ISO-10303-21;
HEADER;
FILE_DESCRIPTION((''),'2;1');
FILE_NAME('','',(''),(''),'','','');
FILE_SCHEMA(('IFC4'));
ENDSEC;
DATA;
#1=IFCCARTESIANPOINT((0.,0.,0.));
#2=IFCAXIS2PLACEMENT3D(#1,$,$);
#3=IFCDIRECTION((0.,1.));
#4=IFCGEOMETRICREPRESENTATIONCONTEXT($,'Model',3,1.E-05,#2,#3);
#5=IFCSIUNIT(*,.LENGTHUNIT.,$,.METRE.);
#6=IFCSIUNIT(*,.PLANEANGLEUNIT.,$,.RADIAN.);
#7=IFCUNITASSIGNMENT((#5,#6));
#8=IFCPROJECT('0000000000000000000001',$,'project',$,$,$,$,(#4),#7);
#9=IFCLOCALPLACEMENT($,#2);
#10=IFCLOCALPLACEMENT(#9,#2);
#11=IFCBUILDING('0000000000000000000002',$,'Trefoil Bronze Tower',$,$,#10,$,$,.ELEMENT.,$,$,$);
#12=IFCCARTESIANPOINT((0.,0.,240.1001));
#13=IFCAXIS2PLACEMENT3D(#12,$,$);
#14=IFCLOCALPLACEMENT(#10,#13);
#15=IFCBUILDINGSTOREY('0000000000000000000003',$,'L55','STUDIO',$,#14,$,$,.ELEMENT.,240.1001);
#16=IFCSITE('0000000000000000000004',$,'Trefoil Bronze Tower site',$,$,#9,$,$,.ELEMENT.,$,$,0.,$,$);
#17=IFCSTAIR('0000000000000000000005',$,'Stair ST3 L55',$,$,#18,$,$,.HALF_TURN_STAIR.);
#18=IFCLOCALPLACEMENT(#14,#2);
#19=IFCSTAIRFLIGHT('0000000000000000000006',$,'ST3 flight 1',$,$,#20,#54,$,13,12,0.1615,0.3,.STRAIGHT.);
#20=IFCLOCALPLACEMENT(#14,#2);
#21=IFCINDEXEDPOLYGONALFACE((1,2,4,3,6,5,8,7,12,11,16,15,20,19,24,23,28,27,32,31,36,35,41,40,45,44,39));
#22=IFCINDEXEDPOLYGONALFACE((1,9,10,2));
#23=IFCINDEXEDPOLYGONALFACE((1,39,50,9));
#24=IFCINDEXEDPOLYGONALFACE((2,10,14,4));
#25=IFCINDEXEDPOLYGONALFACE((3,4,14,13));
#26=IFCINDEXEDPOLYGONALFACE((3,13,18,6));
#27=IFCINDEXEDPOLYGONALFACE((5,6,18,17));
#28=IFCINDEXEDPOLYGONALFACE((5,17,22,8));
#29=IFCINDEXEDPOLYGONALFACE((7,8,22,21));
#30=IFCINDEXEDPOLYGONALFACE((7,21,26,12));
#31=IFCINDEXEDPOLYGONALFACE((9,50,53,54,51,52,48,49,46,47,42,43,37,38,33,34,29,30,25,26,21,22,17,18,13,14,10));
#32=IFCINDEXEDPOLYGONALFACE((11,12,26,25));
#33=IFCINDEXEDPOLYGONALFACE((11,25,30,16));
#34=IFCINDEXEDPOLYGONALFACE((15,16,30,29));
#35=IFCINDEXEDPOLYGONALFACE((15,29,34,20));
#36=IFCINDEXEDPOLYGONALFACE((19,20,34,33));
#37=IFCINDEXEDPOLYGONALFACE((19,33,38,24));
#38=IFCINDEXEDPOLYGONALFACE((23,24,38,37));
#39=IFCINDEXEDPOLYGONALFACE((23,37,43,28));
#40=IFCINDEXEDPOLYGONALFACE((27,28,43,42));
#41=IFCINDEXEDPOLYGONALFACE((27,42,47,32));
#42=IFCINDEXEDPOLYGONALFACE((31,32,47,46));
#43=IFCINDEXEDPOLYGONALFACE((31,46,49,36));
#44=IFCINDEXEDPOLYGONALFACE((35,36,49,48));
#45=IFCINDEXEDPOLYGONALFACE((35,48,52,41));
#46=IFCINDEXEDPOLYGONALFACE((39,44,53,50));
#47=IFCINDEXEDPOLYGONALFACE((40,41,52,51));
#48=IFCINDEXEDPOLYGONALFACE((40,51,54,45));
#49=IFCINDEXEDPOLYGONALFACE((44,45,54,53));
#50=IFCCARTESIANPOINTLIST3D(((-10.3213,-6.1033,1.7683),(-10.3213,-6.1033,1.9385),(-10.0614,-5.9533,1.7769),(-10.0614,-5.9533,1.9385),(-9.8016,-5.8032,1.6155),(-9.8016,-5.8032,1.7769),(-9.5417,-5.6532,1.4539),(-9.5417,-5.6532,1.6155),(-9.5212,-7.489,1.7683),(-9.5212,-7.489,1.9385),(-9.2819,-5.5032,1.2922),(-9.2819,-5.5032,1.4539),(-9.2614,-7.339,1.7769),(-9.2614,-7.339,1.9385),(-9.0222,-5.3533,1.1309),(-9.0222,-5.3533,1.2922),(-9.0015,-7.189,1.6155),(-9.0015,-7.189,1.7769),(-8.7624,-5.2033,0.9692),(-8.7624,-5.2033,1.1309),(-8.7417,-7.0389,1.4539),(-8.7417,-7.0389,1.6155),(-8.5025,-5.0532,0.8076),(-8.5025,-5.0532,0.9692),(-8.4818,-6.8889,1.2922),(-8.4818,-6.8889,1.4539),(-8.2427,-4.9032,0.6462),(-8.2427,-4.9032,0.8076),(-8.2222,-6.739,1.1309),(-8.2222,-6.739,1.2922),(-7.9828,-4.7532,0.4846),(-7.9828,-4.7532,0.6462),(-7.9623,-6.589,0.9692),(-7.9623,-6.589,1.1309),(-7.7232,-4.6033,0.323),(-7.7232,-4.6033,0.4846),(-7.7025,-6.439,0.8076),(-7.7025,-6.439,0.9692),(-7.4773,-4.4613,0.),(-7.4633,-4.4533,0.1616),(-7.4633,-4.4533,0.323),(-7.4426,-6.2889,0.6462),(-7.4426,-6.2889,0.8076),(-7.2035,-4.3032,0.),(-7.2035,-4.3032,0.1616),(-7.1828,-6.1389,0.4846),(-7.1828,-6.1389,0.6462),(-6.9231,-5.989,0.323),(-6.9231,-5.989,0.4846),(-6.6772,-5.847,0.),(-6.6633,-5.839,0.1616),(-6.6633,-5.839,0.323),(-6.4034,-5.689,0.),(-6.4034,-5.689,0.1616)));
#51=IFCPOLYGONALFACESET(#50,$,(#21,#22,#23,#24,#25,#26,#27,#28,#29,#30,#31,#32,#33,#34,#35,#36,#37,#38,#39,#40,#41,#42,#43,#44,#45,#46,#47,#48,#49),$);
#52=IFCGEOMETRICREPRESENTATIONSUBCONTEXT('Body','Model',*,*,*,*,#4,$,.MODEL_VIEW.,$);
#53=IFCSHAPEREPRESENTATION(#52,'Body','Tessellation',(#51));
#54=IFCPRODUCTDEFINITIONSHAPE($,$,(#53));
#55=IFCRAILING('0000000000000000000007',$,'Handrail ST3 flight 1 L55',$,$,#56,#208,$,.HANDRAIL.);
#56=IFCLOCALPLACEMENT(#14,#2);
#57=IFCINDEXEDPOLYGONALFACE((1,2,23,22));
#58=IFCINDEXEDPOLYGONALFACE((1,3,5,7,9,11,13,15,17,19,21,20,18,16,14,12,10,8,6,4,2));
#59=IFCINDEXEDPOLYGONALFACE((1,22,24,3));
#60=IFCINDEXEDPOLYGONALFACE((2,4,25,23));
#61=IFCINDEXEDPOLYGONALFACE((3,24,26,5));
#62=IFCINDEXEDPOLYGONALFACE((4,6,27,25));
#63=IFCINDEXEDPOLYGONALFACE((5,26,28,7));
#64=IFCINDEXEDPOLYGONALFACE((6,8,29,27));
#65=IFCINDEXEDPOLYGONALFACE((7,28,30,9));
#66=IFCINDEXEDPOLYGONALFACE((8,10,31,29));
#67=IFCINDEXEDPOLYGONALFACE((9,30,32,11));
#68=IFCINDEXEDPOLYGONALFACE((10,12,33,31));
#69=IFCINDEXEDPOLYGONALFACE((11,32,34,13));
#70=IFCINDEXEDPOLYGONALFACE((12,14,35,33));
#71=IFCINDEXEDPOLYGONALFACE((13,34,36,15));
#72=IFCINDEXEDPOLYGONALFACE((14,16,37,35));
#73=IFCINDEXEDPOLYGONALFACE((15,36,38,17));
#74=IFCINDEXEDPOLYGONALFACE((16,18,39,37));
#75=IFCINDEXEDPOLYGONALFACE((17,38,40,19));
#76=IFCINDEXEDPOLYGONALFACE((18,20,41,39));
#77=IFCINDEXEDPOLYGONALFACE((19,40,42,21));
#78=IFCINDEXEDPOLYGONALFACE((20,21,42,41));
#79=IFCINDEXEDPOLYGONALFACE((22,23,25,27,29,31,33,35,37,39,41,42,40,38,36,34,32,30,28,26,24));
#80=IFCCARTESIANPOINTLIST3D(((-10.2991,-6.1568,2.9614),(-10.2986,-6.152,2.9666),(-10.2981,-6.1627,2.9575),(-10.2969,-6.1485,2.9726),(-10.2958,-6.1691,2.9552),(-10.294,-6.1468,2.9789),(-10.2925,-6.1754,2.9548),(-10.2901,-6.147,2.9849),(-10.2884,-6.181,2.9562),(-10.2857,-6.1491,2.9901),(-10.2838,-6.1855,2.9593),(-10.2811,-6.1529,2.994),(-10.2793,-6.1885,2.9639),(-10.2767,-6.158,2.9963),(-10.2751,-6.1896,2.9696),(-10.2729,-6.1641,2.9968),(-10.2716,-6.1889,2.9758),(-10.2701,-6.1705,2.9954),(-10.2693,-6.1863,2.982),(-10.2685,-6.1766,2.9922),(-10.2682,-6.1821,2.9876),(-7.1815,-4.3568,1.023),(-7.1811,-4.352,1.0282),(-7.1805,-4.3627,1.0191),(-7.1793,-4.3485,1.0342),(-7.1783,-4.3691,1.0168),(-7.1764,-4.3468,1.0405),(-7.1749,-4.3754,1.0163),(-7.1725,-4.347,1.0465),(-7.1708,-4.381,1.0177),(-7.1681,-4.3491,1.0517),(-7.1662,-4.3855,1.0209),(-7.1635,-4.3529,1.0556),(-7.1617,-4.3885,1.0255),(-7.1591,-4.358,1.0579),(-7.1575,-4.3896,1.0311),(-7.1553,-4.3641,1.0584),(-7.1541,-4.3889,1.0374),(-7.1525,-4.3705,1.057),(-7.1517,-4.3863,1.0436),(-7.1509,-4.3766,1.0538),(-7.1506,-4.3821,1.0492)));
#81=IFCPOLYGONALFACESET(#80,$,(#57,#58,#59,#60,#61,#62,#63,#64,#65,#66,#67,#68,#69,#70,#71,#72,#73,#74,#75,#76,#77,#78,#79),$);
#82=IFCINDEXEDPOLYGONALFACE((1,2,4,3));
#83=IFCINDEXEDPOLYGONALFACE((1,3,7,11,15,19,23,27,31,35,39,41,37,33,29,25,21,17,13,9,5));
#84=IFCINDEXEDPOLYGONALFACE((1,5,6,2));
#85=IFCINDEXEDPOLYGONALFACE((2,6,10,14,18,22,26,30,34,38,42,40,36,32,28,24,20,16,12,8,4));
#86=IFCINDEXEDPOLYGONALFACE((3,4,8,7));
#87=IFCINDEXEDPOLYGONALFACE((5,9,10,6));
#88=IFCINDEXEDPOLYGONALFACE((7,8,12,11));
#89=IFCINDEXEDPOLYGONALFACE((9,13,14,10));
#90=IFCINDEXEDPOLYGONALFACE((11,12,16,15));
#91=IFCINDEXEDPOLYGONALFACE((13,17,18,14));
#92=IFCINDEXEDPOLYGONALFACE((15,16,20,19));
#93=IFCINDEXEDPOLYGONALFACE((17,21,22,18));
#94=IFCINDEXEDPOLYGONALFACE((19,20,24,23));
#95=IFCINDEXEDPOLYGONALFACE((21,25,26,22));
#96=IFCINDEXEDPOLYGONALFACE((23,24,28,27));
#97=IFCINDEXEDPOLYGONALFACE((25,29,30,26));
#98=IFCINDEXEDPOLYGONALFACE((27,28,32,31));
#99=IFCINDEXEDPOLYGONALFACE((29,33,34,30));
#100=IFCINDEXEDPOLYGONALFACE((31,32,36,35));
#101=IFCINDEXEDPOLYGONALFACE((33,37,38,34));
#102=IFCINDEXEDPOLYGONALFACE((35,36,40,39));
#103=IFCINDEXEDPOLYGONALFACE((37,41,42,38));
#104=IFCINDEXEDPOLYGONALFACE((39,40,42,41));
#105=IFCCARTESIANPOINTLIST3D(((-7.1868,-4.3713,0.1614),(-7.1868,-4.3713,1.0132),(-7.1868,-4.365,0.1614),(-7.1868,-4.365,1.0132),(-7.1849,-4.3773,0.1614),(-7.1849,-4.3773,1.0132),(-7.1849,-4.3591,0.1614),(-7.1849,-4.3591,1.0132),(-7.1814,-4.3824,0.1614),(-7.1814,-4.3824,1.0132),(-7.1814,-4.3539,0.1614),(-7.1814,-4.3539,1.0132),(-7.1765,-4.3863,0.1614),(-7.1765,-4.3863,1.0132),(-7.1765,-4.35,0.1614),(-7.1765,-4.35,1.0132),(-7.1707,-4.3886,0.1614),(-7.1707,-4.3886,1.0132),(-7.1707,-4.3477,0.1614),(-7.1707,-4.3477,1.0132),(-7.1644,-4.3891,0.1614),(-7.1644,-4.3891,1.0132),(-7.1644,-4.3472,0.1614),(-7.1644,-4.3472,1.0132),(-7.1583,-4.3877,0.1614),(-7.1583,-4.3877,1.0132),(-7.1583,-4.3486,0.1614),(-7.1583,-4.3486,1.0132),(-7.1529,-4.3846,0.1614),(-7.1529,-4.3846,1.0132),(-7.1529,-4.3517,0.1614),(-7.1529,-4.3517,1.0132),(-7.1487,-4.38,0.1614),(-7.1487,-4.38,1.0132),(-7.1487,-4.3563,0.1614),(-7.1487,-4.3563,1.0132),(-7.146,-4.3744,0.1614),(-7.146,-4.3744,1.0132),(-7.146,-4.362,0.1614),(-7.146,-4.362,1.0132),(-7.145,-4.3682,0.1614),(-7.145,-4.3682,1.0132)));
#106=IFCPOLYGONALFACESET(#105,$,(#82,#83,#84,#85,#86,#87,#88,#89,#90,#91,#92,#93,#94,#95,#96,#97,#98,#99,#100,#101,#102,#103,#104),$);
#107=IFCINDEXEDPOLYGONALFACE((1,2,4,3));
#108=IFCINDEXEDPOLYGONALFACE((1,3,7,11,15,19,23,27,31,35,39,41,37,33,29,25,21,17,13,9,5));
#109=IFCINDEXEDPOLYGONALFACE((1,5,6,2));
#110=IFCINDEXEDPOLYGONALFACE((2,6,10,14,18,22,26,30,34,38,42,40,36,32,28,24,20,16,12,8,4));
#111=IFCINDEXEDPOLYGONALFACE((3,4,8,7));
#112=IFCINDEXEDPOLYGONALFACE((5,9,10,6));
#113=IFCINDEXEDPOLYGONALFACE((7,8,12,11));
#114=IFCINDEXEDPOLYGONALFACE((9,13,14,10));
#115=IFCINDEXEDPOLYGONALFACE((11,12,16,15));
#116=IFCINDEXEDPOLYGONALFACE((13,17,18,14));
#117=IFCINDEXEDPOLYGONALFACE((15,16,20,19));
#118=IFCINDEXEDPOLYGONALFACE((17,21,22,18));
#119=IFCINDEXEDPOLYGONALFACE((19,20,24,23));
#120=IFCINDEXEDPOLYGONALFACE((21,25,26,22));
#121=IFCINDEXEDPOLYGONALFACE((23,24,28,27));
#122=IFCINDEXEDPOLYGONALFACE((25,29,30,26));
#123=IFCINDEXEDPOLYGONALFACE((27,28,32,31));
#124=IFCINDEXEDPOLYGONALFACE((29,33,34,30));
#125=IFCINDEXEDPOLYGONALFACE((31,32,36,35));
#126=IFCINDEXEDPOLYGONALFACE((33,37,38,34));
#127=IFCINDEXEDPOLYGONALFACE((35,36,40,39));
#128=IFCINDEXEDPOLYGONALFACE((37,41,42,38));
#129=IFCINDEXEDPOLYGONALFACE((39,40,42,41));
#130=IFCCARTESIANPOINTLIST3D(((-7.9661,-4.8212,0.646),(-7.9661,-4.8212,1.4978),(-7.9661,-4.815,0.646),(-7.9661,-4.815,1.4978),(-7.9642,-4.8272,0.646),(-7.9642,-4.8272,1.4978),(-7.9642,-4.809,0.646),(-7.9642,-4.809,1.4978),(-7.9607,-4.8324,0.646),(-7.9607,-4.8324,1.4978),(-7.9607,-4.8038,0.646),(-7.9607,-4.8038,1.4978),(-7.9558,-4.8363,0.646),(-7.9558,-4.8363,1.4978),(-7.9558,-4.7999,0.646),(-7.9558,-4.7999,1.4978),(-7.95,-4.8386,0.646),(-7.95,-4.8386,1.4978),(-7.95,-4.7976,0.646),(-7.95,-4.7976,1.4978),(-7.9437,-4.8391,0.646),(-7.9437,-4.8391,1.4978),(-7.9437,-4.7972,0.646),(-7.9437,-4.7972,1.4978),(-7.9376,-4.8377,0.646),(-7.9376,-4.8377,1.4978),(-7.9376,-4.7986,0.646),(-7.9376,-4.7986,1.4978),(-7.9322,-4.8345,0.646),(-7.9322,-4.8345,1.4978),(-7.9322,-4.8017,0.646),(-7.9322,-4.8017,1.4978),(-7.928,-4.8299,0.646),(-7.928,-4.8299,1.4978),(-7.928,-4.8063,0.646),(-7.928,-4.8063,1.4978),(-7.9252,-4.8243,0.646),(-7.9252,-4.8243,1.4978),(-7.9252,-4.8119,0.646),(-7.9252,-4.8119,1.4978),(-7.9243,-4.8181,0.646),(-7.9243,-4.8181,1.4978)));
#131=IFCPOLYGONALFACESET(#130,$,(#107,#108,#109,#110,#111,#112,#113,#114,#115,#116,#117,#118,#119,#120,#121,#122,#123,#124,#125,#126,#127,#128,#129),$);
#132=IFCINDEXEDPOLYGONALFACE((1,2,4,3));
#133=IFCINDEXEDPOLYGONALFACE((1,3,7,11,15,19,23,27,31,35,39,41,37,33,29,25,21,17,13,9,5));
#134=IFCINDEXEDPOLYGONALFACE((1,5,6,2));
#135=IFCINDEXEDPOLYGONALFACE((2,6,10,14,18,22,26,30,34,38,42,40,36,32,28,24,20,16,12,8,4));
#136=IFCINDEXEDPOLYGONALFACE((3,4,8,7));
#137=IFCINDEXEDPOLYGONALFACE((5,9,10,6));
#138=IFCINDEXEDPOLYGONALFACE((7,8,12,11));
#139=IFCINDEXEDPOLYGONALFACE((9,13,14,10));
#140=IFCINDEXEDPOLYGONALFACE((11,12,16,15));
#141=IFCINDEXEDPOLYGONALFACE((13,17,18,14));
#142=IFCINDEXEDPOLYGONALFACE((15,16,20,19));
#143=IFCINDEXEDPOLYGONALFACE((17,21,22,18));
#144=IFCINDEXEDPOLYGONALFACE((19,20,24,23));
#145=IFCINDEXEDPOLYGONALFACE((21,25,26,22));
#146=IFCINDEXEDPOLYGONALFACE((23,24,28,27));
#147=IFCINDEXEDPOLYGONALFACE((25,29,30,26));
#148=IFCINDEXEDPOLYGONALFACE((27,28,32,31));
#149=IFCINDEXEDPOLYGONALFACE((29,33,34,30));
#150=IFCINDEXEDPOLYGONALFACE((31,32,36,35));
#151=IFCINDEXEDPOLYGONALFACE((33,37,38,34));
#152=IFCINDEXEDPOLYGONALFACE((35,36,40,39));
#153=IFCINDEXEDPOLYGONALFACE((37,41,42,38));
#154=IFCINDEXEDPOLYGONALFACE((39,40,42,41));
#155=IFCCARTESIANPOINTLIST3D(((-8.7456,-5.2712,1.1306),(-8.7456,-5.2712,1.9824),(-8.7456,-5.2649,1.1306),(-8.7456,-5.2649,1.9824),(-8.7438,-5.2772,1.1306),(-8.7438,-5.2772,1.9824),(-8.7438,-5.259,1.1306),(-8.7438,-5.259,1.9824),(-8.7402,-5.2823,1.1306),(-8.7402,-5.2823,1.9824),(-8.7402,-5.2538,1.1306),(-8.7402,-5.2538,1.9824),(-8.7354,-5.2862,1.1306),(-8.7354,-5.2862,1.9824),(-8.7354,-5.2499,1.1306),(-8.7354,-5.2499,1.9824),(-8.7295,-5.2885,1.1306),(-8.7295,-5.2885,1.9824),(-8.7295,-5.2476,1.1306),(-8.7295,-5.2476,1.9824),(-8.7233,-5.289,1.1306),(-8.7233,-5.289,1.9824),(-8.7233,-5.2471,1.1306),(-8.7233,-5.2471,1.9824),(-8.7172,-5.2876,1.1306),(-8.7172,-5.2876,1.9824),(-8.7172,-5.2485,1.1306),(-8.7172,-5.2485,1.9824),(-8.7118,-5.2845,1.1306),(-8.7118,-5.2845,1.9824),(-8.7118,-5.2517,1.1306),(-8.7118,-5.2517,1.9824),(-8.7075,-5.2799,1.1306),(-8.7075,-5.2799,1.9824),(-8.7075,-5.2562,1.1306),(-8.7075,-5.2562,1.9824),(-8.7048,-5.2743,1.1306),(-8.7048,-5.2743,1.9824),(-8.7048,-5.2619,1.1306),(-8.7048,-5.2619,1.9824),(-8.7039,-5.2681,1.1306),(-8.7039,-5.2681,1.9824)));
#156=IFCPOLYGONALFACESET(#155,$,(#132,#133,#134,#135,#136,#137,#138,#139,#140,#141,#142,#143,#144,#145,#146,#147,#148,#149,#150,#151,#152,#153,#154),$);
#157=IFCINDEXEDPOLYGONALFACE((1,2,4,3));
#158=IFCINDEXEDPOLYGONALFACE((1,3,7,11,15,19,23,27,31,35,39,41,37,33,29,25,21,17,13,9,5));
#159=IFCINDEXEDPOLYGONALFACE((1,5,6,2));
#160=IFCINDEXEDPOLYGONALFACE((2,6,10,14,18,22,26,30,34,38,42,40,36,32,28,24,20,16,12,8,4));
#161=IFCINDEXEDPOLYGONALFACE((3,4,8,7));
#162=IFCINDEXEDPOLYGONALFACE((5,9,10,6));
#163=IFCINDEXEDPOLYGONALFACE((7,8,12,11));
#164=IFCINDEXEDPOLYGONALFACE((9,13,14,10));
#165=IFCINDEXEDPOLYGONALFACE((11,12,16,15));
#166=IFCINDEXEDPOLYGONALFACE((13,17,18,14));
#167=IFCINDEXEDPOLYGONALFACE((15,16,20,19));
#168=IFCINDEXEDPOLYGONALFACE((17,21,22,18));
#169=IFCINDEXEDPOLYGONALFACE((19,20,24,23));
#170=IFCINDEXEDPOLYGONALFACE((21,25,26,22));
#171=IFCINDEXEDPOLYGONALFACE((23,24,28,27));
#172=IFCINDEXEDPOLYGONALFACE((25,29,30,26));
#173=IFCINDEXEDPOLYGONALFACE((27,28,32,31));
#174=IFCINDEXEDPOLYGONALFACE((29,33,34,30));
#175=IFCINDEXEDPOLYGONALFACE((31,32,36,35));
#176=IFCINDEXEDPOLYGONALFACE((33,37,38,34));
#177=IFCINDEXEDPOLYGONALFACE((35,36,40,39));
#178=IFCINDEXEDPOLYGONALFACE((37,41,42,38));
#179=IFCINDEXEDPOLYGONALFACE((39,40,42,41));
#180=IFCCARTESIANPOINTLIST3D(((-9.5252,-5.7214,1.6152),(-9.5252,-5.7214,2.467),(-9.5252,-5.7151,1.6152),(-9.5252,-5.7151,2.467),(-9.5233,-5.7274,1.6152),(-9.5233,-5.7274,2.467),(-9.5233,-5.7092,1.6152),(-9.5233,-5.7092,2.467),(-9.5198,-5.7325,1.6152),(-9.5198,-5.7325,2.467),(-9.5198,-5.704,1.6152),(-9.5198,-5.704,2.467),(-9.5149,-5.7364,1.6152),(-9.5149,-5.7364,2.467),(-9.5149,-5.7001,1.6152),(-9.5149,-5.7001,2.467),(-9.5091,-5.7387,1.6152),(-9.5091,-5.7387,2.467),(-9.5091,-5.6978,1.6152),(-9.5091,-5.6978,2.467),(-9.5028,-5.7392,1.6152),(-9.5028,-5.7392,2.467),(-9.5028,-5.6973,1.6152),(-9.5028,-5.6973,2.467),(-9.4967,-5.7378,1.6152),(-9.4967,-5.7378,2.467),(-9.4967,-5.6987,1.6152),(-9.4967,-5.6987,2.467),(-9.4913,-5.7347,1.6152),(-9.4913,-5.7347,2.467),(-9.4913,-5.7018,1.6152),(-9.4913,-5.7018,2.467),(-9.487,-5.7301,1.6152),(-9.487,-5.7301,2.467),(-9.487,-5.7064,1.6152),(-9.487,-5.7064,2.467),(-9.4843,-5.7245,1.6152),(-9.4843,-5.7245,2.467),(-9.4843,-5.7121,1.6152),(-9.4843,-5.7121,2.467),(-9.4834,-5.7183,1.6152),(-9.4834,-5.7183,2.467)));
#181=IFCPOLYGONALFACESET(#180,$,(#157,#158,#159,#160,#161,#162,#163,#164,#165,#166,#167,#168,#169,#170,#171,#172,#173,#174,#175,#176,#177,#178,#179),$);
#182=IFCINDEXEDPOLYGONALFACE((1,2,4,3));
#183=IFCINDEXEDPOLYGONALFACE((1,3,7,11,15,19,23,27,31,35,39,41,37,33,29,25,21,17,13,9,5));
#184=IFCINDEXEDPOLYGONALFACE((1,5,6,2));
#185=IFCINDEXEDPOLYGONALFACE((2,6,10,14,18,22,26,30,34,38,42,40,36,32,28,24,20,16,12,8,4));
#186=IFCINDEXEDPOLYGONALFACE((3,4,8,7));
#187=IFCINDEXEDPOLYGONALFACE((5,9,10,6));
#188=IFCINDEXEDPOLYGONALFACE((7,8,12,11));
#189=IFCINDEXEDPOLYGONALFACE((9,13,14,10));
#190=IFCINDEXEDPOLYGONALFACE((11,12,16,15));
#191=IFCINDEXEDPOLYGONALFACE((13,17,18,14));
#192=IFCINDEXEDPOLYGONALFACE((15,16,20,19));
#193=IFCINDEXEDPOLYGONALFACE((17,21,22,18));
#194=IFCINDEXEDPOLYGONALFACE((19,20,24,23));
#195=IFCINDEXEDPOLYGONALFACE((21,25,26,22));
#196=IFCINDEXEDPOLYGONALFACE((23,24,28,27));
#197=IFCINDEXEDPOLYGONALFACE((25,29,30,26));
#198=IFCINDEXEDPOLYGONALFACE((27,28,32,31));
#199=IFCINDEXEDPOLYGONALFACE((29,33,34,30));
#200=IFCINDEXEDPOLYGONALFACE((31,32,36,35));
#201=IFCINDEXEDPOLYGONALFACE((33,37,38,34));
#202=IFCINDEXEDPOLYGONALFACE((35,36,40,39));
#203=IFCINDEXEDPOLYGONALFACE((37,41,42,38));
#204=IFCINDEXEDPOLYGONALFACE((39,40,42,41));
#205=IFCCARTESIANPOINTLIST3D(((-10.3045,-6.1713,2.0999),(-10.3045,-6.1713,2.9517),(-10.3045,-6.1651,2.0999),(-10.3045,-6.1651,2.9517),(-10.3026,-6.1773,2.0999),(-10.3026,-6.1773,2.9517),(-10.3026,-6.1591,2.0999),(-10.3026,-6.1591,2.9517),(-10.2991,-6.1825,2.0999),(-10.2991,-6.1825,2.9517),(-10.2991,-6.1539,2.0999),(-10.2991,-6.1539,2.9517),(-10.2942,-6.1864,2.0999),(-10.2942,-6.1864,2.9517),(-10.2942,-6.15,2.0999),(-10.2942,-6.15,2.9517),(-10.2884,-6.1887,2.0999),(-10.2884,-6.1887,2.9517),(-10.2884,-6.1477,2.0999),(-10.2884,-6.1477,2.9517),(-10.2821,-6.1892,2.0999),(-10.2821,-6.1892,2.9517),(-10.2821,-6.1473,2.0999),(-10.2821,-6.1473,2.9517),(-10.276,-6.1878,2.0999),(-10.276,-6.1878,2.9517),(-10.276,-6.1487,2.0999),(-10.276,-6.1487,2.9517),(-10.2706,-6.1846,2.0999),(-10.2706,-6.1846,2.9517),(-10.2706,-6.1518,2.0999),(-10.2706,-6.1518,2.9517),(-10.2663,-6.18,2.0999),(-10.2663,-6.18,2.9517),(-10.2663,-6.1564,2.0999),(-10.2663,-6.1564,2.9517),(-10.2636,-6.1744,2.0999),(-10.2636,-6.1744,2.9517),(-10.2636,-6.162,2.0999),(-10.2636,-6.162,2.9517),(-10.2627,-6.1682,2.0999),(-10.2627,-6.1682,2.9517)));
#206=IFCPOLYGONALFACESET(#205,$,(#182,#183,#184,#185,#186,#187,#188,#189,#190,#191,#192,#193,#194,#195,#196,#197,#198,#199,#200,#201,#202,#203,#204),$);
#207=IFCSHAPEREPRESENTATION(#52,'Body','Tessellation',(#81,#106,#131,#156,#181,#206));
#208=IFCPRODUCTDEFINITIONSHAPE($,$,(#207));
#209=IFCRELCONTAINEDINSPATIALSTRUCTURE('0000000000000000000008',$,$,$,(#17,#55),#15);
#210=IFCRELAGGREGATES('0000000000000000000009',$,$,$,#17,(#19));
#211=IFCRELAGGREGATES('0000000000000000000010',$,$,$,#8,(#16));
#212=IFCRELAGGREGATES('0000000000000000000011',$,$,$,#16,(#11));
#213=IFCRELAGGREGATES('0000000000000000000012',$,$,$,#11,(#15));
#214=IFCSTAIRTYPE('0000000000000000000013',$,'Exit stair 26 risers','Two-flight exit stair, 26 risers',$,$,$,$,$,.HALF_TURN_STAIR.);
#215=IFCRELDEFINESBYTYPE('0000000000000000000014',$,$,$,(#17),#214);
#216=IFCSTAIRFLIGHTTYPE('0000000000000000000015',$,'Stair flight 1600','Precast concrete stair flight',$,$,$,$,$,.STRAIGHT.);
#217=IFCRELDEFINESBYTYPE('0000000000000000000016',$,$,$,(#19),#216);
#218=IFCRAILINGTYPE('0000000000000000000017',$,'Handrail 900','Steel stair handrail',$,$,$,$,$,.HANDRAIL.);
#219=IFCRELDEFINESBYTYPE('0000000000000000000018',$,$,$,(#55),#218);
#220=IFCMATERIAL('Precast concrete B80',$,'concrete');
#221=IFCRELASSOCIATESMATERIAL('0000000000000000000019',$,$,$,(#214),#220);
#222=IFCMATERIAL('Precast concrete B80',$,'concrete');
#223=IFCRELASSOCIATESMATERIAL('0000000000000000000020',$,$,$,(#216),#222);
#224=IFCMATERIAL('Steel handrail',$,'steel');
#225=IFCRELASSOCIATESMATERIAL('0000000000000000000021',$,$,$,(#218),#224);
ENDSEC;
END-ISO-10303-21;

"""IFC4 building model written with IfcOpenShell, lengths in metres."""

from ifc_helpers import new_model, si_unit, direction, frame, origin, origin_2d, place, context, subcontext, project, spatial, polyline, circle, outline, extrude, material, type_object, element, aggregate, save


model = new_model("IFC4")

# Units and contexts
model_context = context("Model", 3, precision=1e-05, world=origin(), true_north=direction((0.0, 1.0)))
body_context = subcontext(model_context, "Body", "Model", "MODEL_VIEW")
ifc_project = project(units=[si_unit("LENGTHUNIT", "METRE"), si_unit("PLANEANGLEUNIT", "RADIAN")], contexts=[model_context])

# Site, building, storey
site_placement = place(None, origin())
site = spatial("IfcSite", under=ifc_project, at=site_placement, Name="Trefoil Bronze Tower site", CompositionType="ELEMENT", RefElevation=0.0)
building_placement = place(site_placement, origin())
building = spatial("IfcBuilding", under=site, at=building_placement, Name="Trefoil Bronze Tower", CompositionType="ELEMENT")
storey_placement = place(building_placement, frame((0.0, 0.0, 240.1001)))
storey = spatial("IfcBuildingStorey", under=building, at=storey_placement, Name="L55", Description="STUDIO", CompositionType="ELEMENT", Elevation=240.1001)

# Stair, stair flight
ifc_material_1 = material(Name="Precast concrete B80", Category="concrete")
stair_type = type_object("IfcStairType", Name="Exit stair 26 risers", Description="Two-flight exit stair, 26 risers", PredefinedType="HALF_TURN_STAIR", material=ifc_material_1)
stair_placement = place(storey_placement, origin())
stair = element("IfcStair", 1, at=stair_placement, inside=storey, type_object=stair_type, Name="Stair ST3 L55", PredefinedType="HALF_TURN_STAIR")
ifc_material_2 = material(Name="Precast concrete B80", Category="concrete")
stair_flight_type = type_object("IfcStairFlightType", Name="Stair flight 1600", Description="Precast concrete stair flight", PredefinedType="STRAIGHT", material=ifc_material_2)
stair_flight_placement = place(storey_placement, frame((-6.8035, -4.9961, 0.0), z_axis=(0.0, 0.0, 1.0), x_axis=(-0.866025, -0.5, 0.0)))
stair_flight = element("IfcStairFlight", 2, at=stair_flight_placement, type_object=stair_flight_type, Name="ST3 flight 1", NumberOfRisers=13, NumberOfTreads=12, PredefinedType="STRAIGHT", RiserHeight=0.1615, TreadLength=0.3, context=body_context, shape_type="SweptSolid", body=[
    extrude(outline(polyline([(0.0, 0.0), (0.0, 0.1616), (0.3, 0.1616), (0.3, 0.323), (0.6001, 0.323), (0.6001, 0.4846), (0.8999, 0.4846), (0.8999, 0.6462), (1.2, 0.6462), (1.2, 0.8076), (1.5, 0.8076), (1.5, 0.9692), (1.8, 0.9692), (1.8, 1.1309), (2.1001, 1.1309), (2.1001, 1.2922), (2.3999, 1.2922), (2.3999, 1.4539), (2.7, 1.4539), (2.7, 1.6155), (3.0, 1.6155), (3.0, 1.7769), (3.3, 1.7769), (3.3, 1.9385), (3.6001, 1.9385), (3.6001, 2.1001), (3.6001, 1.7683), (0.3162, 0.0), (0.0, 0.0)])), frame((0.0, 0.8, 0.0), z_axis=(0.0, -1.0, 0.0), x_axis=(1.0, 0.0, 0.0)), (0.0, 0.0, 1.0), 1.6001),
])
aggregate(stair, [stair_flight])

# Railing
ifc_material_3 = material(Name="Steel handrail", Category="steel")
railing_type = type_object("IfcRailingType", Name="Handrail 900", Description="Steel stair handrail", PredefinedType="HANDRAIL", material=ifc_material_3)
railing_placement = place(storey_placement, frame((-7.166, -4.3682, 0.1614)))
element("IfcRailing", 3, at=railing_placement, inside=storey, type_object=railing_type, Name="Handrail ST3 flight 1 L55", PredefinedType="HANDRAIL", context=body_context, shape_type="SweptSolid", body=[
    extrude(circle(Radius=0.0239, at=origin_2d()), frame((0.0, 0.0, 0.876), z_axis=(-0.762503, -0.440246, 0.474102), x_axis=(0.500012, -0.866018, 0.0)), (0.0, 0.0, 1.0), 4.0886),
    extrude(circle(Radius=0.021, at=origin_2d()), origin(), (0.0, 0.0, 1.0), 0.8518),
    extrude(circle(Radius=0.021, at=origin_2d()), frame((-0.7793, -0.45, 0.4846)), (0.0, 0.0, 1.0), 0.8518),
    extrude(circle(Radius=0.021, at=origin_2d()), frame((-1.5588, -0.8999, 0.9692)), (0.0, 0.0, 1.0), 0.8518),
    extrude(circle(Radius=0.021, at=origin_2d()), frame((-2.3384, -1.3501, 1.4539)), (0.0, 0.0, 1.0), 0.8518),
    extrude(circle(Radius=0.021, at=origin_2d()), frame((-3.1177, -1.8, 1.9385)), (0.0, 0.0, 1.0), 0.8518),
])

save(model, "model.ifc")
